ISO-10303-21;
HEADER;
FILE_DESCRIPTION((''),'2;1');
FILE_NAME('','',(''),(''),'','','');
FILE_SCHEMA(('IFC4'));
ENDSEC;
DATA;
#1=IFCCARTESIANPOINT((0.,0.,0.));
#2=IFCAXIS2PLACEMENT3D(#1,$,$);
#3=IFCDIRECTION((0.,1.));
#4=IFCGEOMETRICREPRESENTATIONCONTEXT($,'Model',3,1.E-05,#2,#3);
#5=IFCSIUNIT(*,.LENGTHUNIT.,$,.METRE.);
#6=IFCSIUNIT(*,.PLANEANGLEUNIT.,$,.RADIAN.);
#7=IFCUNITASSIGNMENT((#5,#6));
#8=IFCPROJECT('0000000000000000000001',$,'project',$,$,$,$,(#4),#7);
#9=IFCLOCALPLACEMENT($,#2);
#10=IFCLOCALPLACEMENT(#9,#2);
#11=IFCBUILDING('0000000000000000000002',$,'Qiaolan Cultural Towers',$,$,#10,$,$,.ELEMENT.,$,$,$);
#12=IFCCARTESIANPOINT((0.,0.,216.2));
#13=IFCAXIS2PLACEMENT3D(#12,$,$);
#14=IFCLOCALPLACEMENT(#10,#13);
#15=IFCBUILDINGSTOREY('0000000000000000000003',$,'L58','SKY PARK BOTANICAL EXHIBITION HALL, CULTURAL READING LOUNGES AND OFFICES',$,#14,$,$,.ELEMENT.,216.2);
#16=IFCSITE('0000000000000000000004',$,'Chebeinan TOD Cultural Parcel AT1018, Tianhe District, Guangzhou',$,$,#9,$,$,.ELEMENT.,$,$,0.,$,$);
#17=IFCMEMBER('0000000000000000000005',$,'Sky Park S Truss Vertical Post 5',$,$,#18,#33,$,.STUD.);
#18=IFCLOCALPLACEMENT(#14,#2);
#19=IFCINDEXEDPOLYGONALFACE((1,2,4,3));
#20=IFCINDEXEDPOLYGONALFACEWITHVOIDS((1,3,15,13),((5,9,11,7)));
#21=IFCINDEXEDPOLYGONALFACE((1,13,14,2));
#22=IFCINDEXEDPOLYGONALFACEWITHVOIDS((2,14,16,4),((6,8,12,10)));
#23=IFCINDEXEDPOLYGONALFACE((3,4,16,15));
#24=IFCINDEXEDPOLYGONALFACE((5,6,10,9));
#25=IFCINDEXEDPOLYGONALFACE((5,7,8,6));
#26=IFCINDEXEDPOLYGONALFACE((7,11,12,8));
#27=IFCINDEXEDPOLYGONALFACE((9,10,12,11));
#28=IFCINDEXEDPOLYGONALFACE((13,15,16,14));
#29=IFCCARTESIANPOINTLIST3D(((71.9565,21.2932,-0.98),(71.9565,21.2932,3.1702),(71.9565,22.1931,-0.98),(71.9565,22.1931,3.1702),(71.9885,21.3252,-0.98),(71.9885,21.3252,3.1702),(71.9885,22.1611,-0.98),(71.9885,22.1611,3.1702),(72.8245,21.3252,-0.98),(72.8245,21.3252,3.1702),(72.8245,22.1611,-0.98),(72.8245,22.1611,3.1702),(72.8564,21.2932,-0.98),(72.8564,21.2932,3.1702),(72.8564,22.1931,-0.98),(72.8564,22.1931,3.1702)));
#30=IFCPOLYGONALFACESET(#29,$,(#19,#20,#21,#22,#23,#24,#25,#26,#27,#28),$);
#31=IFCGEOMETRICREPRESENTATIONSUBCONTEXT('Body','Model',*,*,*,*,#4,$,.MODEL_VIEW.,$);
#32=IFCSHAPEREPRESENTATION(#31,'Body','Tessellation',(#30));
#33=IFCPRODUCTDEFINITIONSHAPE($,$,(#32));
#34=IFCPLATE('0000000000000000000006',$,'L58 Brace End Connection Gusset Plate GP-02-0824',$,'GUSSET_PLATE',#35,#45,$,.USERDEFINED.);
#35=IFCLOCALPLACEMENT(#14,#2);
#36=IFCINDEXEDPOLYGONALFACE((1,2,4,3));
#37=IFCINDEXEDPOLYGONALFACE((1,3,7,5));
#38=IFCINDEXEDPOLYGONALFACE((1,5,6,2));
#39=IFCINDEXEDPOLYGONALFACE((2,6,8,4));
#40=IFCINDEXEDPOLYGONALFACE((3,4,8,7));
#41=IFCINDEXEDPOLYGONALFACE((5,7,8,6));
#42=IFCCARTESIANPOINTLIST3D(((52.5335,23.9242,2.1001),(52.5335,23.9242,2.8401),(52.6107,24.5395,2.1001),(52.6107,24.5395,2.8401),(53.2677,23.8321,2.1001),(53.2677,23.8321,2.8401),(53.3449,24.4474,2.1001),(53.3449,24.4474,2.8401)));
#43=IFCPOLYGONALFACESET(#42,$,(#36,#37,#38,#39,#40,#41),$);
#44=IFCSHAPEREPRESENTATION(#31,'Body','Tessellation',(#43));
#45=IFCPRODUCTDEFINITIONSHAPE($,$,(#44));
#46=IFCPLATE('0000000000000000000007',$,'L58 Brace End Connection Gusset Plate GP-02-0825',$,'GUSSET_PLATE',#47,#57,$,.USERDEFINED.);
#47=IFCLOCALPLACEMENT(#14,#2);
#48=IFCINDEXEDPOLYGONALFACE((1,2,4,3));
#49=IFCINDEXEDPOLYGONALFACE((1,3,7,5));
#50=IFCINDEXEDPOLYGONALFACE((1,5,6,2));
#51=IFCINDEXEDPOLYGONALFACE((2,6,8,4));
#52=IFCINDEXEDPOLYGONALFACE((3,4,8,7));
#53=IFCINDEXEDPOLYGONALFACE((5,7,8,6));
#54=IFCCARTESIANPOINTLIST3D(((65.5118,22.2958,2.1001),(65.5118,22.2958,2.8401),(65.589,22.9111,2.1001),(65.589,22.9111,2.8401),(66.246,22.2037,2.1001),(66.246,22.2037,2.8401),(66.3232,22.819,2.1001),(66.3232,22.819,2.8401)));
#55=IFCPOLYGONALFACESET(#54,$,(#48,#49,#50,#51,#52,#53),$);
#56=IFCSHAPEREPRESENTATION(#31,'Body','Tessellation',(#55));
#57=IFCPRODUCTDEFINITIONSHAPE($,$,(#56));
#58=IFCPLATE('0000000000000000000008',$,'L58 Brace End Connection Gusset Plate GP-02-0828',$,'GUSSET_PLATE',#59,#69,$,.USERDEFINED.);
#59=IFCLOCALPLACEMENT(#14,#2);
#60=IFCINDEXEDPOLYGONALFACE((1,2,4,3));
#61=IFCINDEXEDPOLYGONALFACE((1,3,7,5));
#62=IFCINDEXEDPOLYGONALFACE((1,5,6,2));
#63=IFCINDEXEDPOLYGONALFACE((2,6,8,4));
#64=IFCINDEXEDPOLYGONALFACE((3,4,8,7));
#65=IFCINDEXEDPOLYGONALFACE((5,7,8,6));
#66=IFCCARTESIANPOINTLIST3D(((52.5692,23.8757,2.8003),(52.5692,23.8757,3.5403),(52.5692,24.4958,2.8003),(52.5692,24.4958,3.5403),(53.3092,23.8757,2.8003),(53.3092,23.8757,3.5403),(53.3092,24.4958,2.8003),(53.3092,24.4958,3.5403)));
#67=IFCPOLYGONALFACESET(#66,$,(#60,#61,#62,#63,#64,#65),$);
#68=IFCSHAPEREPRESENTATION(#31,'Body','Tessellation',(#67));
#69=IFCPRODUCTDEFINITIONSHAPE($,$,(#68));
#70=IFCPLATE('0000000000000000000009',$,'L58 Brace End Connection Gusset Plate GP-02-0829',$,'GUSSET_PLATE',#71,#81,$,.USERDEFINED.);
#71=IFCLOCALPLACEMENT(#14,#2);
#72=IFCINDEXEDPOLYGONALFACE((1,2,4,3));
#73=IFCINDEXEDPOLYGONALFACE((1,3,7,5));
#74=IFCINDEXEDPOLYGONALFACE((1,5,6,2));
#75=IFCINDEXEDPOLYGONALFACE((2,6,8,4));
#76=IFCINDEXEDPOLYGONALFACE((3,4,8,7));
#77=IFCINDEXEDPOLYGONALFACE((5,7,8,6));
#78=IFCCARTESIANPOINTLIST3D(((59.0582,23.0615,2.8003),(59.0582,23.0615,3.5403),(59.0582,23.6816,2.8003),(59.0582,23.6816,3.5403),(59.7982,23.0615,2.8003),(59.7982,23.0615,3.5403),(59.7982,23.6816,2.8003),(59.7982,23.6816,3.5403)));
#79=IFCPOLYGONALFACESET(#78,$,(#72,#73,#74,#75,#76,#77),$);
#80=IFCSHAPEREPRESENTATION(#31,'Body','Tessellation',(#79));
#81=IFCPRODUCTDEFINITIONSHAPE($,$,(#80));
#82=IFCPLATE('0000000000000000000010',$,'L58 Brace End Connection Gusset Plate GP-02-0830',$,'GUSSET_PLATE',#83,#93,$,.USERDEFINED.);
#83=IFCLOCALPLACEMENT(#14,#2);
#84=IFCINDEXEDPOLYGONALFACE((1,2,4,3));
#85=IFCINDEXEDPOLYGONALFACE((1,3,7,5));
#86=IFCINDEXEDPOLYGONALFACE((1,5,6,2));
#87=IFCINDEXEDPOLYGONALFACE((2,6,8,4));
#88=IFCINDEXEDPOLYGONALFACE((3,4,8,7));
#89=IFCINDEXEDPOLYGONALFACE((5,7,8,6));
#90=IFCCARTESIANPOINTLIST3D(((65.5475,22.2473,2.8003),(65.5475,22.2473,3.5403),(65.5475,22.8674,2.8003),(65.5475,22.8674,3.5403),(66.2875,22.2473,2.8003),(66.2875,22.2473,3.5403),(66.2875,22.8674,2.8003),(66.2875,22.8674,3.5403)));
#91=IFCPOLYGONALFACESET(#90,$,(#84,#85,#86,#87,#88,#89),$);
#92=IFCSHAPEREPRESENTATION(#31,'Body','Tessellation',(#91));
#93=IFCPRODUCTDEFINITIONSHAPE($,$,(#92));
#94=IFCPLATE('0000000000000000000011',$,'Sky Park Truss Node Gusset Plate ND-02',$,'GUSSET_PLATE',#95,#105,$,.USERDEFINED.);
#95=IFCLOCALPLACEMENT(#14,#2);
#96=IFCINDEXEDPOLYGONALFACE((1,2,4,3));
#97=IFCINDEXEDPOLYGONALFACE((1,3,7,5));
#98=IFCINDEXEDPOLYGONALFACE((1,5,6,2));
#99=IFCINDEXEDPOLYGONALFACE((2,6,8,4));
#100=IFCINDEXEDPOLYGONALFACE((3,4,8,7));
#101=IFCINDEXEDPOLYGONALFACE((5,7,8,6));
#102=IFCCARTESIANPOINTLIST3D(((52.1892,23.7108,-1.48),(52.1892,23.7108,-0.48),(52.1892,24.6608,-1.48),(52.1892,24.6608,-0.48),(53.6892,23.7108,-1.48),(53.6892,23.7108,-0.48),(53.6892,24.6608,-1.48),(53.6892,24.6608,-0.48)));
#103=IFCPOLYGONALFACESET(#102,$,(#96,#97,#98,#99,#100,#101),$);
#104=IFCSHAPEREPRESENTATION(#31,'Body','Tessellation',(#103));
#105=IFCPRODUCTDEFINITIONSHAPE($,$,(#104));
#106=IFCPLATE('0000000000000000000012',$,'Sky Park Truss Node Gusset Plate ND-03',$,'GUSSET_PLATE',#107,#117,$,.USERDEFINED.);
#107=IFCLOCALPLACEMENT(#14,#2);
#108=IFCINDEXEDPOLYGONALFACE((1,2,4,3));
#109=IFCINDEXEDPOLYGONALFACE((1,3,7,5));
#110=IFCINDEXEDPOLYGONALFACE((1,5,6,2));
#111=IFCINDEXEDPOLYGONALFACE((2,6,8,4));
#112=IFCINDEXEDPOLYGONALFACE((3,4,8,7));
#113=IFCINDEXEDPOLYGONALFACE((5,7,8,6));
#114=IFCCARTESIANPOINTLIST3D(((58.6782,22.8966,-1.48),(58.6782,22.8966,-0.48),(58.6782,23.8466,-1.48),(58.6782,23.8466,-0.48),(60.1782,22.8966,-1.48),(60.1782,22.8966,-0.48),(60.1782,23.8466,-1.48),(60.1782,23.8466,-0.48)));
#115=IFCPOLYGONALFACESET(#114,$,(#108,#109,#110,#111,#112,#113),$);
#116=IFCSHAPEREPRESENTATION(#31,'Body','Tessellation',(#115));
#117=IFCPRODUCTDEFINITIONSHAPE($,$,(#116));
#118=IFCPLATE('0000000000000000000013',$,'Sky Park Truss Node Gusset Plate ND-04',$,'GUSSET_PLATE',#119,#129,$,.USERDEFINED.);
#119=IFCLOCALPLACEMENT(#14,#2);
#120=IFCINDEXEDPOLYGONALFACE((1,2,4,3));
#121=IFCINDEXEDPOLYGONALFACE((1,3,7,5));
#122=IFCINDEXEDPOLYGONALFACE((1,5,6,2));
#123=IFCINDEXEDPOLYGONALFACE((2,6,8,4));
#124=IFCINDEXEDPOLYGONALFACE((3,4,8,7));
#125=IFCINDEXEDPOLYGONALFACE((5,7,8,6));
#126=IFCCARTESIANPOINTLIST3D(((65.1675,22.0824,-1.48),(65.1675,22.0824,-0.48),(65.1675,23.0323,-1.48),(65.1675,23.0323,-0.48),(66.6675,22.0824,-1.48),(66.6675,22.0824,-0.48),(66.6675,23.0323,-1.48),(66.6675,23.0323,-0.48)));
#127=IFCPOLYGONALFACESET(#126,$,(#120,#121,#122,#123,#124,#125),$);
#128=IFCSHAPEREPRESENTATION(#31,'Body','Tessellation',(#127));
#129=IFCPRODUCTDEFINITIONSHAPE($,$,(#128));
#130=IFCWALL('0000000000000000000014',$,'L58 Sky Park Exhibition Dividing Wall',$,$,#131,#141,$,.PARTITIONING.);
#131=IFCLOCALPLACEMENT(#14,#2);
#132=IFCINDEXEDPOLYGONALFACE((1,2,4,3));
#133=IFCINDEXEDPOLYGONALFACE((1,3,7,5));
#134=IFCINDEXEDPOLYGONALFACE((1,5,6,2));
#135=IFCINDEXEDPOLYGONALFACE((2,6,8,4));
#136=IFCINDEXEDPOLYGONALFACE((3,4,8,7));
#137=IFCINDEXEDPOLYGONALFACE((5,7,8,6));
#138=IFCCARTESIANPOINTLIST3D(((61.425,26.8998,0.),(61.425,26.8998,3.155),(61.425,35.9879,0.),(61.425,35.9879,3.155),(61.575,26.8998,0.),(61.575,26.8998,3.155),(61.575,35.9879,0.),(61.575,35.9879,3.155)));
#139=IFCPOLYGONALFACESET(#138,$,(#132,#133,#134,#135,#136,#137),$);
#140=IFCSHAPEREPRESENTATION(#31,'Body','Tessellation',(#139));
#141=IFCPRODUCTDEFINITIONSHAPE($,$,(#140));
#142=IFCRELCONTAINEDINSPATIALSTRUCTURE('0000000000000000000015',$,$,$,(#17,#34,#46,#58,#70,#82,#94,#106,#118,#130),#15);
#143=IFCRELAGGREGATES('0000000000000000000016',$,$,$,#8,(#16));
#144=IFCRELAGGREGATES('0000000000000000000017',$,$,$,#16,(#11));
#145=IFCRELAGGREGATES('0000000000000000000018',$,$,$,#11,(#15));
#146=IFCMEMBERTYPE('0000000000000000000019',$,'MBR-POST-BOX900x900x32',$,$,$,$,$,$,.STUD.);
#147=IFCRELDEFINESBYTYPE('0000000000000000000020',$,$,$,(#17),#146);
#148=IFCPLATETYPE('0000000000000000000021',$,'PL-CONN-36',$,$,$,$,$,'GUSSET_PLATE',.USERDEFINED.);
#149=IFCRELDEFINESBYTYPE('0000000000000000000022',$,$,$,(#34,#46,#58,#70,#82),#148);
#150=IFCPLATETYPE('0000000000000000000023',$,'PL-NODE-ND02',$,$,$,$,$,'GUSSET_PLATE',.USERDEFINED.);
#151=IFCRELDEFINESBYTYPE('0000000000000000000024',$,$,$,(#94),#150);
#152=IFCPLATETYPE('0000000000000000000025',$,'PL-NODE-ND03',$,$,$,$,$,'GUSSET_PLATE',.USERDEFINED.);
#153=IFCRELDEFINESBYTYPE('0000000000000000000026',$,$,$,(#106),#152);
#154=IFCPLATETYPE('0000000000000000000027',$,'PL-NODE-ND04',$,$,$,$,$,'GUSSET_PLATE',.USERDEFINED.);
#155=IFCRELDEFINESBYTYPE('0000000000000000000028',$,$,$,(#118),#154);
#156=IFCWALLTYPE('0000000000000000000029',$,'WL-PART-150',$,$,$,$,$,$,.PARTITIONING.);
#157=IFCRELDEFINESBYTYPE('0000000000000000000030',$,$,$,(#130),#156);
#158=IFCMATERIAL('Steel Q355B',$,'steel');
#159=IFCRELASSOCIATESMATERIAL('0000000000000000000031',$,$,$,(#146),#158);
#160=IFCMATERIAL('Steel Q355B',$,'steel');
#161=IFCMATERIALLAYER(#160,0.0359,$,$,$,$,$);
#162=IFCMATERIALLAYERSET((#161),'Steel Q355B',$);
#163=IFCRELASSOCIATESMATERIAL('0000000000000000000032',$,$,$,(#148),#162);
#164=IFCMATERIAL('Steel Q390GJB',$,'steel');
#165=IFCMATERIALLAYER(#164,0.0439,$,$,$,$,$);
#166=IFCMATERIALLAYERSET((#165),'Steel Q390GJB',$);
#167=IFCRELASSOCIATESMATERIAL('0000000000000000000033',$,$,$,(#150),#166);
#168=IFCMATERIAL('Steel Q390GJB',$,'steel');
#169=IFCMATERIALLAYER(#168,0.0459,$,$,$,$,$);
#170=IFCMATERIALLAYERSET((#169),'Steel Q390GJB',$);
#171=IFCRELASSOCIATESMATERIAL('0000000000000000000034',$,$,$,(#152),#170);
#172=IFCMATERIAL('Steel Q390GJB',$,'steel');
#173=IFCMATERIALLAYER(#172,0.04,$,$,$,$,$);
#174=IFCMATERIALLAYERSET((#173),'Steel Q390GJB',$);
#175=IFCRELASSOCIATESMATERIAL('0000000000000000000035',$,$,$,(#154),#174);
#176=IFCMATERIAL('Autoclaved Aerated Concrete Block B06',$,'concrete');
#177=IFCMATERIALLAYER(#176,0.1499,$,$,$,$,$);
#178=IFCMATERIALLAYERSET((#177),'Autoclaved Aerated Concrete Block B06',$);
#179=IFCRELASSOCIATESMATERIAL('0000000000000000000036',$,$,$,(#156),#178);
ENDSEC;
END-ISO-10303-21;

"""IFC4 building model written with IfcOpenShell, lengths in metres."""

from ifc_helpers import new_model, si_unit, direction, frame, frame_2d, origin, origin_2d, place, context, subcontext, project, spatial, rectangle, hollow_rectangle, extrude, material, layer, layer_set, material_profile, profile_set, type_object, element, save


model = new_model("IFC4")

# Units and contexts
model_context = context("Model", 3, precision=1e-05, world=origin(), true_north=direction((0.0, 1.0)))
body_context = subcontext(model_context, "Body", "Model", "MODEL_VIEW")
ifc_project = project(units=[si_unit("LENGTHUNIT", "METRE"), si_unit("PLANEANGLEUNIT", "RADIAN")], contexts=[model_context])

# Site, building, storey
site_placement = place(None, origin())
site = spatial("IfcSite", under=ifc_project, at=site_placement, Name="Chebeinan TOD Cultural Parcel AT1018, Tianhe District, Guangzhou", CompositionType="ELEMENT", RefElevation=0.0)
building_placement = place(site_placement, origin())
building = spatial("IfcBuilding", under=site, at=building_placement, Name="Qiaolan Cultural Towers", CompositionType="ELEMENT")
storey_placement = place(building_placement, frame((0.0, 0.0, 216.2)))
storey = spatial("IfcBuildingStorey", under=building, at=storey_placement, Name="L58", Description="SKY PARK BOTANICAL EXHIBITION HALL, CULTURAL READING LOUNGES AND OFFICES", CompositionType="ELEMENT", Elevation=216.2)

# Member
ifc_material_1 = material(Name="Steel Q355B", Category="steel")
ifc_material_profile_1 = material_profile(ifc_material_1, hollow_rectangle(XDim=0.8999, YDim=0.8999, WallThickness=0.032, at=origin_2d()), Name="BOX900x900x32")
ifc_profile_set_1 = profile_set([ifc_material_profile_1], Name="Steel Q355B")
member_type_1 = type_object("IfcMemberType", Name="MBR-POST-BOX900x900x32", PredefinedType="STUD", material=ifc_profile_set_1)
for number, where, z_axis, x_axis, name in (
    (1, (72.4065, 21.7432, -0.98), (0.0, 0.0, 1.0), (1.0, 0.0, 0.0), "Sky Park S Truss Vertical Post 5"),
):
    element("IfcMember", number, at=place(storey_placement, frame(where, z_axis=z_axis, x_axis=x_axis)), inside=storey, type_object=member_type_1, Name=name, PredefinedType="STUD", context=body_context, shape_type="SweptSolid", body=[
        extrude(hollow_rectangle(XDim=0.8999, YDim=0.8999, WallThickness=0.032, at=origin_2d()), origin(), (0.0, 0.0, 1.0), 4.1501),
    ])

# Plates
ifc_material_2 = material(Name="Steel Q355B", Category="steel")
ifc_layer_1 = layer(ifc_material_2, 0.0359)
ifc_layer_set_1 = layer_set([ifc_layer_1], Name="Steel Q355B")
plate_type_1 = type_object("IfcPlateType", Name="PL-CONN-36", ElementType="GUSSET_PLATE", PredefinedType="USERDEFINED", material=ifc_layer_set_1)
for number, where, z_axis, x_axis, name in (
    (2, (52.9392, 24.1858, 2.1001), (0.0, 0.0, 1.0), (-0.99222, 0.1245, 0.0), "L58 Brace End Connection Gusset Plate GP-02-0824"),
    (3, (65.9175, 22.5574, 2.1001), (0.0, 0.0, 1.0), (-0.99222, 0.1245, 0.0), "L58 Brace End Connection Gusset Plate GP-02-0825"),
    (4, (52.9392, 24.1858, 2.8003), (0.0, 0.0, 1.0), (1.0, 0.0, 0.0), "L58 Brace End Connection Gusset Plate GP-02-0828"),
    (5, (59.4282, 23.3716, 2.8003), (0.0, 0.0, 1.0), (1.0, 0.0, 0.0), "L58 Brace End Connection Gusset Plate GP-02-0829"),
    (6, (65.9175, 22.5574, 2.8003), (0.0, 0.0, 1.0), (1.0, 0.0, 0.0), "L58 Brace End Connection Gusset Plate GP-02-0830"),
):
    element("IfcPlate", number, at=place(storey_placement, frame(where, z_axis=z_axis, x_axis=x_axis)), inside=storey, type_object=plate_type_1, Name=name, ObjectType="GUSSET_PLATE", PredefinedType="USERDEFINED", context=body_context, shape_type="SweptSolid", body=[
        extrude(rectangle(XDim=0.74, YDim=0.6201, at=origin_2d()), origin(), (0.0, 0.0, 1.0), 0.74),
    ])
ifc_material_3 = material(Name="Steel Q390GJB", Category="steel")
ifc_layer_2 = layer(ifc_material_3, 0.0439)
ifc_layer_set_2 = layer_set([ifc_layer_2], Name="Steel Q390GJB")
plate_type_2 = type_object("IfcPlateType", Name="PL-NODE-ND02", ElementType="GUSSET_PLATE", PredefinedType="USERDEFINED", material=ifc_layer_set_2)
plate_1_placement = place(storey_placement, frame((52.9392, 24.1858, -1.48), z_axis=(0.0, 0.0, 1.0), x_axis=(1.0, 0.0, 0.0)))
element("IfcPlate", 7, at=plate_1_placement, inside=storey, type_object=plate_type_2, Name="Sky Park Truss Node Gusset Plate ND-02", ObjectType="GUSSET_PLATE", PredefinedType="USERDEFINED", context=body_context, shape_type="SweptSolid", body=[
    extrude(rectangle(XDim=1.5, YDim=0.95, at=origin_2d()), origin(), (0.0, 0.0, 1.0), 1.0),
])
ifc_material_4 = material(Name="Steel Q390GJB", Category="steel")
ifc_layer_3 = layer(ifc_material_4, 0.0459)
ifc_layer_set_3 = layer_set([ifc_layer_3], Name="Steel Q390GJB")
plate_type_3 = type_object("IfcPlateType", Name="PL-NODE-ND03", ElementType="GUSSET_PLATE", PredefinedType="USERDEFINED", material=ifc_layer_set_3)
plate_2_placement = place(storey_placement, frame((59.4282, 23.3716, -1.48), z_axis=(0.0, 0.0, 1.0), x_axis=(1.0, 0.0, 0.0)))
element("IfcPlate", 8, at=plate_2_placement, inside=storey, type_object=plate_type_3, Name="Sky Park Truss Node Gusset Plate ND-03", ObjectType="GUSSET_PLATE", PredefinedType="USERDEFINED", context=body_context, shape_type="SweptSolid", body=[
    extrude(rectangle(XDim=1.5, YDim=0.95, at=origin_2d()), origin(), (0.0, 0.0, 1.0), 1.0),
])
ifc_material_5 = material(Name="Steel Q390GJB", Category="steel")
ifc_layer_4 = layer(ifc_material_5, 0.04)
ifc_layer_set_4 = layer_set([ifc_layer_4], Name="Steel Q390GJB")
plate_type_4 = type_object("IfcPlateType", Name="PL-NODE-ND04", ElementType="GUSSET_PLATE", PredefinedType="USERDEFINED", material=ifc_layer_set_4)
plate_3_placement = place(storey_placement, frame((65.9175, 22.5574, -1.48), z_axis=(0.0, 0.0, 1.0), x_axis=(1.0, 0.0, 0.0)))
element("IfcPlate", 9, at=plate_3_placement, inside=storey, type_object=plate_type_4, Name="Sky Park Truss Node Gusset Plate ND-04", ObjectType="GUSSET_PLATE", PredefinedType="USERDEFINED", context=body_context, shape_type="SweptSolid", body=[
    extrude(rectangle(XDim=1.5, YDim=0.95, at=origin_2d()), origin(), (0.0, 0.0, 1.0), 1.0),
])

# Wall
ifc_material_6 = material(Name="Autoclaved Aerated Concrete Block B06", Category="concrete")
ifc_layer_5 = layer(ifc_material_6, 0.1499)
ifc_layer_set_5 = layer_set([ifc_layer_5], Name="Autoclaved Aerated Concrete Block B06")
wall_type = type_object("IfcWallType", Name="WL-PART-150", PredefinedType="PARTITIONING", material=ifc_layer_set_5)
wall_placement = place(storey_placement, frame((61.5, 26.8999, 0.0), z_axis=(0.0, 0.0, 1.0), x_axis=(0.0, 1.0, 0.0)))
element("IfcWall", 10, at=wall_placement, inside=storey, type_object=wall_type, Name="L58 Sky Park Exhibition Dividing Wall", PredefinedType="PARTITIONING", context=body_context, shape_type="SweptSolid", body=[
    extrude(rectangle(XDim=9.0881, YDim=0.1499, at=frame_2d((4.5439, 0.0))), origin(), (0.0, 0.0, 1.0), 3.155),
])

save(model, "model.ifc")
